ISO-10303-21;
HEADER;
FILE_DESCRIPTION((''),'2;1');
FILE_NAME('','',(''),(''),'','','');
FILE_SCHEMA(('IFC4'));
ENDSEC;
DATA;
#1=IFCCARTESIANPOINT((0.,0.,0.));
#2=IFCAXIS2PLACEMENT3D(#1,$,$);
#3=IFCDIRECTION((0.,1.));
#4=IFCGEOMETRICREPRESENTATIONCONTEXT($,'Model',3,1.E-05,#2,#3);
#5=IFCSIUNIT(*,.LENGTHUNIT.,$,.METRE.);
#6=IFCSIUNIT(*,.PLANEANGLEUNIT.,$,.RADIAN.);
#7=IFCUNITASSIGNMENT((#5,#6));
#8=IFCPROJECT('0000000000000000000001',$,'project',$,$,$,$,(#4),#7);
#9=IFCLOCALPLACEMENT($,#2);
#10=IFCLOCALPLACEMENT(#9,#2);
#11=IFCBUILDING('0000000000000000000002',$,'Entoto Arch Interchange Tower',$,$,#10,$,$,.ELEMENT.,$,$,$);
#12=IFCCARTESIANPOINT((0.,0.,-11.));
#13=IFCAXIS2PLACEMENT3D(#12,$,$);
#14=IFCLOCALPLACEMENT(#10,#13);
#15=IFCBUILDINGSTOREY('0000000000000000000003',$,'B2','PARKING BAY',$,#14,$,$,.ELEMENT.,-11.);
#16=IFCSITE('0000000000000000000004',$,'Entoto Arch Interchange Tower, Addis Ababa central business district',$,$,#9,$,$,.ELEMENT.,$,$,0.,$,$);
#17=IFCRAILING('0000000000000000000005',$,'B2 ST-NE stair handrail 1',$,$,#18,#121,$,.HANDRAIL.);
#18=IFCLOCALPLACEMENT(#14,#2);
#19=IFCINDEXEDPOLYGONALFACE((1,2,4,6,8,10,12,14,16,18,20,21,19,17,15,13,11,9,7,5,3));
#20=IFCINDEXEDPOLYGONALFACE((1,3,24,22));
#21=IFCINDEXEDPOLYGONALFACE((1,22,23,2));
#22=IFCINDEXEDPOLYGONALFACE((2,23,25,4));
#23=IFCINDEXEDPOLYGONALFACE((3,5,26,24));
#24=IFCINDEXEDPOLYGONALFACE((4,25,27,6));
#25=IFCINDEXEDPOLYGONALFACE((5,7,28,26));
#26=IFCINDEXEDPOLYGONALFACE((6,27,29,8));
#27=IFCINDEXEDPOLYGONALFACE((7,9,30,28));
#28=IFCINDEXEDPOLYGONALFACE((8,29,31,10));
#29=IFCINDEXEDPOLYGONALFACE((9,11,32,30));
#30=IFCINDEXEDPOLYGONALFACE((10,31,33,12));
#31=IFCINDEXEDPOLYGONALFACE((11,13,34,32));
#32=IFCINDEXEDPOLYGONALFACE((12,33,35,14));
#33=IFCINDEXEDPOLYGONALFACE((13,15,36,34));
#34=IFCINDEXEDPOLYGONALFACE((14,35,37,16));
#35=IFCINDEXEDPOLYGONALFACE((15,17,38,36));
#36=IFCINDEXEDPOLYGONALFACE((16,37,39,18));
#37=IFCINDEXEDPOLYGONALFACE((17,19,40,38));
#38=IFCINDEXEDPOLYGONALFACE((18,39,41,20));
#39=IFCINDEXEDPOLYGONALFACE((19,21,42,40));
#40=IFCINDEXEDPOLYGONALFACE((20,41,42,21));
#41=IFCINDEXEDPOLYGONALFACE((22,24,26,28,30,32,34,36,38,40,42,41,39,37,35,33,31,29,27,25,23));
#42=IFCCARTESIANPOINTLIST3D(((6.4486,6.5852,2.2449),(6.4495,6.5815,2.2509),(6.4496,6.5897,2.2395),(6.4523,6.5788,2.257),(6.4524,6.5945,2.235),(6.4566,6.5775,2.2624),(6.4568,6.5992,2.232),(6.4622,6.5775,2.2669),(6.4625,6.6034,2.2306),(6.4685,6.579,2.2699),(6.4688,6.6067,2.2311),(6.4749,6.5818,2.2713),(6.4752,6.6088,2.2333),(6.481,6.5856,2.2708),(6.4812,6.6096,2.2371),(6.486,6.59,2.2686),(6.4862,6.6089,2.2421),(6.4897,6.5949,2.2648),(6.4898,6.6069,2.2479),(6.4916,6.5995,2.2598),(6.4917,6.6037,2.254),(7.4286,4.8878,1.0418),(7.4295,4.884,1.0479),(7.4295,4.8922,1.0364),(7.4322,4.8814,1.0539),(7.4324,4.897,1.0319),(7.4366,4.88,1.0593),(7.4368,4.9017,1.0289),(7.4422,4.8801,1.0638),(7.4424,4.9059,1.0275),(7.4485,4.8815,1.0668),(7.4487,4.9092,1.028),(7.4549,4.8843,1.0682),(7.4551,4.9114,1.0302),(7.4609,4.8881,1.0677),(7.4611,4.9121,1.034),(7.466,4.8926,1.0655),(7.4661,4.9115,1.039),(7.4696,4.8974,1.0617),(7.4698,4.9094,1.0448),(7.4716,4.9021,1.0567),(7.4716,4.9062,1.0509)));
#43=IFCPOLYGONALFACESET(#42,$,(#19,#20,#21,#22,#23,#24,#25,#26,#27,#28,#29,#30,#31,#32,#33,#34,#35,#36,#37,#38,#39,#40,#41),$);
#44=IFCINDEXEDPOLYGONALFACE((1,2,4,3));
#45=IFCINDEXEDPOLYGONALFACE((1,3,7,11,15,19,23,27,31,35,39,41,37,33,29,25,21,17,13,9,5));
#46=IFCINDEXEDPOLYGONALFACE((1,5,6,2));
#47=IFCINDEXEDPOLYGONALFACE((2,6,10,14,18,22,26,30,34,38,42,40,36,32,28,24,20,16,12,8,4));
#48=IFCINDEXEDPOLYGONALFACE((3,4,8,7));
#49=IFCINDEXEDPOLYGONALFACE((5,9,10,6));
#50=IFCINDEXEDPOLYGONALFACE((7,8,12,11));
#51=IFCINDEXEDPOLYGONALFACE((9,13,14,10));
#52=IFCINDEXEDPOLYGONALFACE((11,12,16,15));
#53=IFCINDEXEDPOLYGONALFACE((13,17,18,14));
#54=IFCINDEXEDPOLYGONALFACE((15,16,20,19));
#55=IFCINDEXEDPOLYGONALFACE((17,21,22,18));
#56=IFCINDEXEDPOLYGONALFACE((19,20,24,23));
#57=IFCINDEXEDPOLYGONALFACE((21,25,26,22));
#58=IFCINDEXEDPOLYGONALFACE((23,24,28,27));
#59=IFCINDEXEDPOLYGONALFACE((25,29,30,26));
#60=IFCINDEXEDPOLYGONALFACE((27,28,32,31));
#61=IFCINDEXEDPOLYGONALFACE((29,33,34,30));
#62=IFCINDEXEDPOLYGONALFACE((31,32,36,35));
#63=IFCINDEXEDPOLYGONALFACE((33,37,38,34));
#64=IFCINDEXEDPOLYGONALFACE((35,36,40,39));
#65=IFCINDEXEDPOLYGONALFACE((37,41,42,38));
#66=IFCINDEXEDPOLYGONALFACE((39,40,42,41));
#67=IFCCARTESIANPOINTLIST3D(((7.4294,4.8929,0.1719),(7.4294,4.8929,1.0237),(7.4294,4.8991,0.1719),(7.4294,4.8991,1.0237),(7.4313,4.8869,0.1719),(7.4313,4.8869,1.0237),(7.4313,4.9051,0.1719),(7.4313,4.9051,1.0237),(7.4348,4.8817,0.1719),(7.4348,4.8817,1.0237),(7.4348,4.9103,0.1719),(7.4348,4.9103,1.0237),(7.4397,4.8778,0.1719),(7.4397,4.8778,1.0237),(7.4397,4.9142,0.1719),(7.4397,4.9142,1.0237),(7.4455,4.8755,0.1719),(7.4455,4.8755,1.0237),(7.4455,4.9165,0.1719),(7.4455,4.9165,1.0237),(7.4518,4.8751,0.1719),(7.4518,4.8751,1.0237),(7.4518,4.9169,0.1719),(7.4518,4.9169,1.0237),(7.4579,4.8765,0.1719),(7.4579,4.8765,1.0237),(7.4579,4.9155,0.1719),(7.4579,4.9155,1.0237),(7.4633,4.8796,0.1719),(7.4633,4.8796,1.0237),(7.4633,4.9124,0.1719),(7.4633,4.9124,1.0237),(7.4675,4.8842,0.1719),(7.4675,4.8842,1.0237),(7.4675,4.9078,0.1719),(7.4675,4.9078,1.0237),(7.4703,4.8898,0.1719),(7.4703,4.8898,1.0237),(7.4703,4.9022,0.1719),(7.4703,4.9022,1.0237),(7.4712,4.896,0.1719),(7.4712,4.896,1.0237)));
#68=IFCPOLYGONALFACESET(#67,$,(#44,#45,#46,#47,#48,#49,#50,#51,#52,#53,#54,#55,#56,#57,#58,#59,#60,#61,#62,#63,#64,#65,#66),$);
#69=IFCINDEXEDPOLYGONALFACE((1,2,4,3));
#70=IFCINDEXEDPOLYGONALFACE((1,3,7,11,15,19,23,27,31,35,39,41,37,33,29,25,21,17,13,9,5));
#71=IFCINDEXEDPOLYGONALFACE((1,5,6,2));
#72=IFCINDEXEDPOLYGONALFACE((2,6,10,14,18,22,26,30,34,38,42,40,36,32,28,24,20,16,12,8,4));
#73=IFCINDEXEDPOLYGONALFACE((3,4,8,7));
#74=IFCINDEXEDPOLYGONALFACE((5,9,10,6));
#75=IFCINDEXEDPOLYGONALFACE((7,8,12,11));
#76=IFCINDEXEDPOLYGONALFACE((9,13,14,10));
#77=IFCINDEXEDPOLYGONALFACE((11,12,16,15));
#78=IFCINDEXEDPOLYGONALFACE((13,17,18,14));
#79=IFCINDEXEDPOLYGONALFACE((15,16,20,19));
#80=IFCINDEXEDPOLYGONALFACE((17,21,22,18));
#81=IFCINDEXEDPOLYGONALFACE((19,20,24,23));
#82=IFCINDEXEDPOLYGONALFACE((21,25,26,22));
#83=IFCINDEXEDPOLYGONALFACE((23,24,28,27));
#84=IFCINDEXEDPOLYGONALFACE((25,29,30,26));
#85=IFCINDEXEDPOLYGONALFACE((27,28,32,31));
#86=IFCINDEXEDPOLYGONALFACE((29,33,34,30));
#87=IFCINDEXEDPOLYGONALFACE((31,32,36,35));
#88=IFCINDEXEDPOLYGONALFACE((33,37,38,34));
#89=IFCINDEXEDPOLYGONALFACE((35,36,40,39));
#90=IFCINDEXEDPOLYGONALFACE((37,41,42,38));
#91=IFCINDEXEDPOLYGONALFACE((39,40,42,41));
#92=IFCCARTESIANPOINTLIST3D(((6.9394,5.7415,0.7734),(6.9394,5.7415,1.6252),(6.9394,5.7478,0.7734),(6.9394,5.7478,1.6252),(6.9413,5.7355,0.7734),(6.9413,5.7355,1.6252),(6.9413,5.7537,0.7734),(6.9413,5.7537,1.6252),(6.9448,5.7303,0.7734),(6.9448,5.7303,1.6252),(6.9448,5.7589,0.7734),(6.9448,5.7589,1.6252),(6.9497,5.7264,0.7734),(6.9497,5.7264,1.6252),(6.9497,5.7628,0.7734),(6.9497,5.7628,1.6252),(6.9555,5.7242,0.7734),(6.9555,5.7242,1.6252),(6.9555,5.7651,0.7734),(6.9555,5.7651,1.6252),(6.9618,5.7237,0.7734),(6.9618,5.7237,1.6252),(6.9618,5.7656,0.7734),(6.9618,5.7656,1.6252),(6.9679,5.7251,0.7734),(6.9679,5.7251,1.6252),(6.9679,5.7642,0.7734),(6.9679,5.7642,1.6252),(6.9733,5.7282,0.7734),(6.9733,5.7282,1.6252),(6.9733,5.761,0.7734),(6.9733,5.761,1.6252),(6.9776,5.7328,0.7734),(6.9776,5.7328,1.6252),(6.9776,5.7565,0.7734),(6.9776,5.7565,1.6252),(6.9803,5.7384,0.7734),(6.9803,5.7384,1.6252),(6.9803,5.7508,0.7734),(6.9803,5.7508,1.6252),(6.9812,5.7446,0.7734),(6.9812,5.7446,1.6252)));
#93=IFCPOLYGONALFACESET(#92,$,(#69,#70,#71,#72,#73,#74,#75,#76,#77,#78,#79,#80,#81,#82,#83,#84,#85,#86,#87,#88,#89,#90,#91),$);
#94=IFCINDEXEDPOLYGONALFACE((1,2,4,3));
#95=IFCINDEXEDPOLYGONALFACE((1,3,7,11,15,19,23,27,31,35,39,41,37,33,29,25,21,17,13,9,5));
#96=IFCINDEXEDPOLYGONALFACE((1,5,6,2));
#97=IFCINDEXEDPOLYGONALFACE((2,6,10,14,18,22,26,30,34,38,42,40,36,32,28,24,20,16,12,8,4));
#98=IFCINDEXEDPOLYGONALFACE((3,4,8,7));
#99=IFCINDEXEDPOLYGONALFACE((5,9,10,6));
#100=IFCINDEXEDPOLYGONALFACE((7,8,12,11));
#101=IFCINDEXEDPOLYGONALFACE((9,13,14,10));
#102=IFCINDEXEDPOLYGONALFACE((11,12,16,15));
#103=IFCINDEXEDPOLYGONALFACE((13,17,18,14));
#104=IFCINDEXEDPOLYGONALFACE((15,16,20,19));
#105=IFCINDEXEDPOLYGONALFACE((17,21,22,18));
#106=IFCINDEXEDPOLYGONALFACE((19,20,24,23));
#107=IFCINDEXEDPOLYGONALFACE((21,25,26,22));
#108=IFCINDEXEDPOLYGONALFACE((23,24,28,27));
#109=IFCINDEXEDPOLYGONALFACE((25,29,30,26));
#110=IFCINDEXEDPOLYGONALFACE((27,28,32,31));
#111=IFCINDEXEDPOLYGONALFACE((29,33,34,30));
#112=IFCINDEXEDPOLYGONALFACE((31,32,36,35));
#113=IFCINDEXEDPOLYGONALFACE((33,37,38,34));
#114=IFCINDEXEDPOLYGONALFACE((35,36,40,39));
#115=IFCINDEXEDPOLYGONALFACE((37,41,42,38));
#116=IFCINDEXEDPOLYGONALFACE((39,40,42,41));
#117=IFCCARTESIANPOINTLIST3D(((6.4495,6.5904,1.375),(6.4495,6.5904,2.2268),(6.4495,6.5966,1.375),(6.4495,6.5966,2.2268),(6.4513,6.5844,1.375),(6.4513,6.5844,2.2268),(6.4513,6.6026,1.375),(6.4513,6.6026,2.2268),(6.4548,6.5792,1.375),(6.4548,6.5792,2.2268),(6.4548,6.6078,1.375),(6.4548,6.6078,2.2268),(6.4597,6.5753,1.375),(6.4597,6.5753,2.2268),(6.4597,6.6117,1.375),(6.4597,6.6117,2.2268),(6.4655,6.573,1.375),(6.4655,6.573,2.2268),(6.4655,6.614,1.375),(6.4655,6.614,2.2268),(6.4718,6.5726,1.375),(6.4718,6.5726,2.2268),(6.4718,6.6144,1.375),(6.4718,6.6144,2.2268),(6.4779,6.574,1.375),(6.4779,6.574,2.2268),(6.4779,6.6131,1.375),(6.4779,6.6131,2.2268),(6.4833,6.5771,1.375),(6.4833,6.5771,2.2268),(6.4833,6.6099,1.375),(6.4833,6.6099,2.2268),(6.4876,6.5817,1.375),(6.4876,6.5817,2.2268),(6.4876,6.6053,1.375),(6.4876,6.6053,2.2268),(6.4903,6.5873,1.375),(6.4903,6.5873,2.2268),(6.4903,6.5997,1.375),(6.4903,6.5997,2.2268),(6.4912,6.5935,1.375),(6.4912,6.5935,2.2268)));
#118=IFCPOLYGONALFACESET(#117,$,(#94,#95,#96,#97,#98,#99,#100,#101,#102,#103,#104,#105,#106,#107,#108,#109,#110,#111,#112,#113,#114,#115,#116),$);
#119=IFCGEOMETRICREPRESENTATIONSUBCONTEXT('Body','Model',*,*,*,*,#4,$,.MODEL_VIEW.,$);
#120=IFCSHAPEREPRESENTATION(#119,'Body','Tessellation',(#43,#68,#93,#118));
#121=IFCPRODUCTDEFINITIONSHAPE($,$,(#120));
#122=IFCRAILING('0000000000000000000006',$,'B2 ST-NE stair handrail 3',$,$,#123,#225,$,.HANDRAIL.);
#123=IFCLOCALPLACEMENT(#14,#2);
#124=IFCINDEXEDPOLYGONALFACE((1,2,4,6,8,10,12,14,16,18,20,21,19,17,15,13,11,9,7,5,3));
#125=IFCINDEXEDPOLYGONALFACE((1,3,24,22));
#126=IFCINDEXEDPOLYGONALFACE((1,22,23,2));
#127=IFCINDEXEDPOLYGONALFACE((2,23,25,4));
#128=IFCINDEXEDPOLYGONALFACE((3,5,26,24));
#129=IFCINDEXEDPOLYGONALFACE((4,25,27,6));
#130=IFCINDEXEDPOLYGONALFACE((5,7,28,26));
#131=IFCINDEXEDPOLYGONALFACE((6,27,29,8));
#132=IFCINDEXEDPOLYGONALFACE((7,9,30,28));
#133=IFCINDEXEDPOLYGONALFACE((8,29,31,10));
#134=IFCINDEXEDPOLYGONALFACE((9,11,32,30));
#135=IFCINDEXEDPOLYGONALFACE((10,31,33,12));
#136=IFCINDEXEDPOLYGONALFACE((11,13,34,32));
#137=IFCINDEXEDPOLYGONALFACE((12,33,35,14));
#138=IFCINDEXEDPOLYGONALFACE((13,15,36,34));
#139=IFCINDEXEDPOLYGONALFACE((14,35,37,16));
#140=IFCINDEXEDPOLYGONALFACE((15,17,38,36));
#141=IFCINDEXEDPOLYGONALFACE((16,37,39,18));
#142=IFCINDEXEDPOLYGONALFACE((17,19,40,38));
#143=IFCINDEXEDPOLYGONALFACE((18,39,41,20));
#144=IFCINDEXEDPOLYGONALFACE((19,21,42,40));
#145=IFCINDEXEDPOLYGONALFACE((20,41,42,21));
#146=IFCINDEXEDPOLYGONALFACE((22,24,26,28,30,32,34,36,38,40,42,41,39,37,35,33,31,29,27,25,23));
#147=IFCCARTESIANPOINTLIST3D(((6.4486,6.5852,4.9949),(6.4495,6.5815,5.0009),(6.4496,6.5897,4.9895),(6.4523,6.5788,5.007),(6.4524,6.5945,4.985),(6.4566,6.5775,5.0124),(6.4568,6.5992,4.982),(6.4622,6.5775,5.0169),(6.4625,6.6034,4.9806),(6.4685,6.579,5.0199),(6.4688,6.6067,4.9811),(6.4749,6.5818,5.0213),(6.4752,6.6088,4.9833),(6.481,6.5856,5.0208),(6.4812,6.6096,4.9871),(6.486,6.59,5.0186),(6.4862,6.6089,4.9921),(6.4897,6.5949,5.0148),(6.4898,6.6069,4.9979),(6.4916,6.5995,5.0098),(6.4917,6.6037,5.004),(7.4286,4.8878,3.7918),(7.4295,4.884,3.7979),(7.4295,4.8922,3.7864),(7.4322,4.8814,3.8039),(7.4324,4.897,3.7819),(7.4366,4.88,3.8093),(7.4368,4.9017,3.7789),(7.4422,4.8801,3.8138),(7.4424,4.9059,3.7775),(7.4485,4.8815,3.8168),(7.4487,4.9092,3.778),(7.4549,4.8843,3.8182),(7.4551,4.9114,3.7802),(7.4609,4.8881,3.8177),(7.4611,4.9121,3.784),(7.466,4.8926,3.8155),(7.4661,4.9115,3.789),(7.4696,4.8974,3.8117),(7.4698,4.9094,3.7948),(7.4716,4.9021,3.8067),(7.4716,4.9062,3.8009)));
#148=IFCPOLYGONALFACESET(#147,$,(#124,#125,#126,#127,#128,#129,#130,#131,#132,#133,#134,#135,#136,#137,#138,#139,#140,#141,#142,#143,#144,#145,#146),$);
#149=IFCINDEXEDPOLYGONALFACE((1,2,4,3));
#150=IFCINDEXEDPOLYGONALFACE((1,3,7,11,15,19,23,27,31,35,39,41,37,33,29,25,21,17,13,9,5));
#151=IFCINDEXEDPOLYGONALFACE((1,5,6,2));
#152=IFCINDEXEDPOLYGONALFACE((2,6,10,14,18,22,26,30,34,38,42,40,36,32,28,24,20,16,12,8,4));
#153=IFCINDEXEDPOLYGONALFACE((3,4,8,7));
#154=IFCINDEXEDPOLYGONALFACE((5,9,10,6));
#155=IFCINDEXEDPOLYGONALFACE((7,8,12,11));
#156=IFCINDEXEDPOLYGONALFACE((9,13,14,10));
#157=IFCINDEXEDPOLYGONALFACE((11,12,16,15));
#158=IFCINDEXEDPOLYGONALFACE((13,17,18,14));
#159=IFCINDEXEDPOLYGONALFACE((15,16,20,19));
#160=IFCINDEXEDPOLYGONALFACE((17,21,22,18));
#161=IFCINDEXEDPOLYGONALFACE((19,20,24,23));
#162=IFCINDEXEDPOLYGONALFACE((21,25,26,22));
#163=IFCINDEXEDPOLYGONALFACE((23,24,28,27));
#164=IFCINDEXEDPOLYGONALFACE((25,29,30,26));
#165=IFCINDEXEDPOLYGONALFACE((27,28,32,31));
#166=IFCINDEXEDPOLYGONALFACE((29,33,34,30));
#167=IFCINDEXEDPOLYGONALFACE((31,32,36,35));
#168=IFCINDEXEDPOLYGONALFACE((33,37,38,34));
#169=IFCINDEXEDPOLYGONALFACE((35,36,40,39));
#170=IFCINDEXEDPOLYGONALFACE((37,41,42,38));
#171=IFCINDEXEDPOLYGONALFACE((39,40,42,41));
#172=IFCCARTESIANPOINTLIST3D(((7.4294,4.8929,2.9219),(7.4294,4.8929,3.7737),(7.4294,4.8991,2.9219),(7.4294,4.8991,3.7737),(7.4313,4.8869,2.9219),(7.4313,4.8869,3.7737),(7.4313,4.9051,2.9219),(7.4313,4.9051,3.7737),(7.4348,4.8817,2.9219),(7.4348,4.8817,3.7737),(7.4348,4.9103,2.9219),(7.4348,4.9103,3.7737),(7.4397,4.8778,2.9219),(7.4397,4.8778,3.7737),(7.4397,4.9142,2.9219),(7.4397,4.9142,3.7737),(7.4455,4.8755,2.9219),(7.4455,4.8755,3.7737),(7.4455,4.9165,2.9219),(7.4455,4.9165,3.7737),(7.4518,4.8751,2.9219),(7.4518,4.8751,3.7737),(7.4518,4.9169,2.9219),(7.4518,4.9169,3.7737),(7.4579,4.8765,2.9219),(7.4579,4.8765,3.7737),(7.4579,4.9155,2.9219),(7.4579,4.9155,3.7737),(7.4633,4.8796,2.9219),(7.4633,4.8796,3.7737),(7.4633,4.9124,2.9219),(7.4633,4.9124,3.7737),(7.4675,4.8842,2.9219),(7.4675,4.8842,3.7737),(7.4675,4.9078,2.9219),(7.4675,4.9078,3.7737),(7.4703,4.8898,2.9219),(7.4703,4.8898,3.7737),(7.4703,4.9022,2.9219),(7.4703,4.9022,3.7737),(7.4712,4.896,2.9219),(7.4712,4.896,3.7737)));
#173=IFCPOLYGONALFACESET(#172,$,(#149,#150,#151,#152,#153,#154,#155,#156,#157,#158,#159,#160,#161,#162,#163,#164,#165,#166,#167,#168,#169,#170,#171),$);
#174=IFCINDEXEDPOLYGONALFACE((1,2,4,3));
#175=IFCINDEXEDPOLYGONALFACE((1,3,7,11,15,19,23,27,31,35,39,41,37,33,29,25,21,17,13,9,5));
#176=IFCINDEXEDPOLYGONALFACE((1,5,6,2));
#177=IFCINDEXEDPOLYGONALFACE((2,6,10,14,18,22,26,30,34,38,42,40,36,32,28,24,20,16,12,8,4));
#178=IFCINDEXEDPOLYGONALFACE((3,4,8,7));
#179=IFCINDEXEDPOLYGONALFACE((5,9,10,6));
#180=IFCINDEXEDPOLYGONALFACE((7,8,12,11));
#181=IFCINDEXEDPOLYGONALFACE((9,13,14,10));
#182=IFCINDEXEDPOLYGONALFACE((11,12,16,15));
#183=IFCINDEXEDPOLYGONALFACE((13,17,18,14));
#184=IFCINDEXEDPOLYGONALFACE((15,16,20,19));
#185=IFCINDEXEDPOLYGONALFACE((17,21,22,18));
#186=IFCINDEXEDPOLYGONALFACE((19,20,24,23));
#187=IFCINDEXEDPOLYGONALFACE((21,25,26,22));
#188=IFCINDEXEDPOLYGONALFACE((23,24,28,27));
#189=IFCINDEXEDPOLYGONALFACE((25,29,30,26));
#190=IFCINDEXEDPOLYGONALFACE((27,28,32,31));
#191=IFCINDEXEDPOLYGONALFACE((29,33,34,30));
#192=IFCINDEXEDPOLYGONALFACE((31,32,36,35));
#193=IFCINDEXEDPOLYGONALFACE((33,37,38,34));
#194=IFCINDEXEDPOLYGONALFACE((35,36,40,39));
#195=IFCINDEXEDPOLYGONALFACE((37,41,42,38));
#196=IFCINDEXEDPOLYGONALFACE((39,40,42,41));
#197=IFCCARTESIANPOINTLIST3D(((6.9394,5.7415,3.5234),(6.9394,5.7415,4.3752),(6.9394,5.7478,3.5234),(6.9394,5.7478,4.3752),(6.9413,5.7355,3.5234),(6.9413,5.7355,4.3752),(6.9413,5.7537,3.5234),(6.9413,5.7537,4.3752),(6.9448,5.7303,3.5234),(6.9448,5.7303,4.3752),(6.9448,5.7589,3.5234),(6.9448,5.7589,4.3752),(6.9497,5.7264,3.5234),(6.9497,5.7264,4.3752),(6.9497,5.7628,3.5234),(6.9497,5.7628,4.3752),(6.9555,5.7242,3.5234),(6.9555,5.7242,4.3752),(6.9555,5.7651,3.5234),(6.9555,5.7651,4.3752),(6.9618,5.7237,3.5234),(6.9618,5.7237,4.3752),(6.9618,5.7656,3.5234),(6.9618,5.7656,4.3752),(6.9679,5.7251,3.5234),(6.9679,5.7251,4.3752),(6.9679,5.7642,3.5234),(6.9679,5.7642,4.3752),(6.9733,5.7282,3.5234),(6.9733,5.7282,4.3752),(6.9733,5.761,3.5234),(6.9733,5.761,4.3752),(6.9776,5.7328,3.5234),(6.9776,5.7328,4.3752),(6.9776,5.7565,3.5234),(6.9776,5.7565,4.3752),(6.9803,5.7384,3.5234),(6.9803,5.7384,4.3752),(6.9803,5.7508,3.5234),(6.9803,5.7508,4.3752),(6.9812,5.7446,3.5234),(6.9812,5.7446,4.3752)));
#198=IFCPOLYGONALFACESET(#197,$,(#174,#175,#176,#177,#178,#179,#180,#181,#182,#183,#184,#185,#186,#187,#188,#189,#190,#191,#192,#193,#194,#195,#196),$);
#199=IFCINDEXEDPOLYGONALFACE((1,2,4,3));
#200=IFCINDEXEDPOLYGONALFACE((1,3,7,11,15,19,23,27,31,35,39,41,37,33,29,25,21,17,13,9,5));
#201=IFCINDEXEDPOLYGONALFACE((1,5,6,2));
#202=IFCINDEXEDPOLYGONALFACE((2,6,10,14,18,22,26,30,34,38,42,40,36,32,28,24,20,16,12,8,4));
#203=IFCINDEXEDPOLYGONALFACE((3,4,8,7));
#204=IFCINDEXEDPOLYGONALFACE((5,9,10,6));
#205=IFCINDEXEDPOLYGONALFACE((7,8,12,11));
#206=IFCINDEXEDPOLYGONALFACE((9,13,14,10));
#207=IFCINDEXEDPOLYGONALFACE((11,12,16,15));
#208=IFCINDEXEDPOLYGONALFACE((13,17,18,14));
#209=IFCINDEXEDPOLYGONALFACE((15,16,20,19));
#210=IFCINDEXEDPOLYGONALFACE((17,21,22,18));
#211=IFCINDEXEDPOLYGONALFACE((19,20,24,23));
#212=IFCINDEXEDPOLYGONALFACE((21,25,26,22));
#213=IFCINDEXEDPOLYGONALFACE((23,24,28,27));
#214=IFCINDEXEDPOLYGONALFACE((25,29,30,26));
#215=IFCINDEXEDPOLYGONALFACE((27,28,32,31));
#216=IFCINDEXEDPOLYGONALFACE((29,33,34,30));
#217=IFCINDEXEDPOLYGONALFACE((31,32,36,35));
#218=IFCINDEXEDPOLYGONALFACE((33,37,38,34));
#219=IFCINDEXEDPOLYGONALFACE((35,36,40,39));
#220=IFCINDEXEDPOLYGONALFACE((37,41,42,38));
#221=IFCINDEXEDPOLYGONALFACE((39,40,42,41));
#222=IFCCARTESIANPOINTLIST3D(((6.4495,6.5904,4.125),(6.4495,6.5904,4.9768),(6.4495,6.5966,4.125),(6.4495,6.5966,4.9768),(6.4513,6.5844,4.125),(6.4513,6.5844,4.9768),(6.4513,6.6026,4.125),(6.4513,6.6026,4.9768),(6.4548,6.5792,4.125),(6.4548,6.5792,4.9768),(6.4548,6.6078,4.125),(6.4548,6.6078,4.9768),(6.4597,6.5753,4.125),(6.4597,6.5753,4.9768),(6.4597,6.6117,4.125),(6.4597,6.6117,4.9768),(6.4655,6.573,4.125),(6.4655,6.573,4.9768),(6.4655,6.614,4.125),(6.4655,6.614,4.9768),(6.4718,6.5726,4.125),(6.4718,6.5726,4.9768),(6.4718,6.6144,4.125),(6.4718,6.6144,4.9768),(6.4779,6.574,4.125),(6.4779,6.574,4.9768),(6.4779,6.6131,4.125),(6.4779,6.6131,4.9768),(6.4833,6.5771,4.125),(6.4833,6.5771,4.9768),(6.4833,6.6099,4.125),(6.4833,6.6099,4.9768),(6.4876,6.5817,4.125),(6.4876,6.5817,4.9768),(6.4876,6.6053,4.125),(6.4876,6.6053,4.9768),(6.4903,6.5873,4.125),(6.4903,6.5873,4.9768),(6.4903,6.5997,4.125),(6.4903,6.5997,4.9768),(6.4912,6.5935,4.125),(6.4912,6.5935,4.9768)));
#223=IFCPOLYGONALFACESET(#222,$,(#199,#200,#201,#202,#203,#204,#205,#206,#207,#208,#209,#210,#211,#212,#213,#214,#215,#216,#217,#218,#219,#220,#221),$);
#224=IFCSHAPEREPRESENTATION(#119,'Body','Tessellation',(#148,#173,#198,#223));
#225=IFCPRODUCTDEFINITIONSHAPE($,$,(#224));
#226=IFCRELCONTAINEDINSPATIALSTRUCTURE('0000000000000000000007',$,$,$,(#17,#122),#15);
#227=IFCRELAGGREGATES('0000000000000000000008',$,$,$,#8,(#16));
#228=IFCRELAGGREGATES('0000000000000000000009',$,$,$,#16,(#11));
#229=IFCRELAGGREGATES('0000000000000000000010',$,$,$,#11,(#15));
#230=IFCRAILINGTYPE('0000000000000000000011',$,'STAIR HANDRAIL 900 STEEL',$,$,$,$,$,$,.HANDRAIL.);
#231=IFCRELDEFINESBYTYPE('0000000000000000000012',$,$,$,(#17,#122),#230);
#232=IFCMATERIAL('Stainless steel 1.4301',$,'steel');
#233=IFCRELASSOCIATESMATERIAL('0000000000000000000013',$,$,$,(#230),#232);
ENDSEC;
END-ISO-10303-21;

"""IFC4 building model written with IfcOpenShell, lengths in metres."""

from ifc_helpers import new_model, si_unit, direction, frame, origin, origin_2d, place, context, subcontext, project, spatial, circle, extrude, material, type_object, element, save


model = new_model("IFC4")

# Units and contexts
model_context = context("Model", 3, precision=1e-05, world=origin(), true_north=direction((0.0, 1.0)))
body_context = subcontext(model_context, "Body", "Model", "MODEL_VIEW")
ifc_project = project(units=[si_unit("LENGTHUNIT", "METRE"), si_unit("PLANEANGLEUNIT", "RADIAN")], contexts=[model_context])

# Site, building, storey
site_placement = place(None, origin())
site = spatial("IfcSite", under=ifc_project, at=site_placement, Name="Entoto Arch Interchange Tower, Addis Ababa central business district", CompositionType="ELEMENT", RefElevation=0.0)
building_placement = place(site_placement, origin())
building = spatial("IfcBuilding", under=site, at=building_placement, Name="Entoto Arch Interchange Tower", CompositionType="ELEMENT")
storey_placement = place(building_placement, frame((0.0, 0.0, -11.0)))
storey = spatial("IfcBuildingStorey", under=building, at=storey_placement, Name="B2", Description="PARKING BAY", CompositionType="ELEMENT", Elevation=-11.0)

# Railings
ifc_material_1 = material(Name="Stainless steel 1.4301", Category="steel")
railing_type_1 = type_object("IfcRailingType", Name="STAIR HANDRAIL 900 STEEL", PredefinedType="HANDRAIL", material=ifc_material_1)
for number, where, name in (
    (1, (7.4502, 4.896, 0.1719), "B2 ST-NE stair handrail 1"),
    (2, (7.4502, 4.896, 2.9219), "B2 ST-NE stair handrail 3"),
):
    element("IfcRailing", number, at=place(storey_placement, frame(where)), inside=storey, type_object=railing_type_1, Name=name, PredefinedType="HANDRAIL", context=body_context, shape_type="SweptSolid", body=[
        extrude(circle(Radius=0.0239, at=origin_2d()), frame((0.0, 0.0, 0.876), z_axis=(-0.426102, 0.738089, 0.523127), x_axis=(-0.866042, -0.49997, 0.0)), (0.0, 0.0, 1.0), 2.2998),
        extrude(circle(Radius=0.021, at=origin_2d()), origin(), (0.0, 0.0, 1.0), 0.8518),
        extrude(circle(Radius=0.021, at=origin_2d()), frame((-0.49, 0.8486, 0.6016)), (0.0, 0.0, 1.0), 0.8518),
        extrude(circle(Radius=0.021, at=origin_2d()), frame((-0.98, 1.6975, 1.2031)), (0.0, 0.0, 1.0), 0.8518),
    ])

save(model, "model.ifc")
